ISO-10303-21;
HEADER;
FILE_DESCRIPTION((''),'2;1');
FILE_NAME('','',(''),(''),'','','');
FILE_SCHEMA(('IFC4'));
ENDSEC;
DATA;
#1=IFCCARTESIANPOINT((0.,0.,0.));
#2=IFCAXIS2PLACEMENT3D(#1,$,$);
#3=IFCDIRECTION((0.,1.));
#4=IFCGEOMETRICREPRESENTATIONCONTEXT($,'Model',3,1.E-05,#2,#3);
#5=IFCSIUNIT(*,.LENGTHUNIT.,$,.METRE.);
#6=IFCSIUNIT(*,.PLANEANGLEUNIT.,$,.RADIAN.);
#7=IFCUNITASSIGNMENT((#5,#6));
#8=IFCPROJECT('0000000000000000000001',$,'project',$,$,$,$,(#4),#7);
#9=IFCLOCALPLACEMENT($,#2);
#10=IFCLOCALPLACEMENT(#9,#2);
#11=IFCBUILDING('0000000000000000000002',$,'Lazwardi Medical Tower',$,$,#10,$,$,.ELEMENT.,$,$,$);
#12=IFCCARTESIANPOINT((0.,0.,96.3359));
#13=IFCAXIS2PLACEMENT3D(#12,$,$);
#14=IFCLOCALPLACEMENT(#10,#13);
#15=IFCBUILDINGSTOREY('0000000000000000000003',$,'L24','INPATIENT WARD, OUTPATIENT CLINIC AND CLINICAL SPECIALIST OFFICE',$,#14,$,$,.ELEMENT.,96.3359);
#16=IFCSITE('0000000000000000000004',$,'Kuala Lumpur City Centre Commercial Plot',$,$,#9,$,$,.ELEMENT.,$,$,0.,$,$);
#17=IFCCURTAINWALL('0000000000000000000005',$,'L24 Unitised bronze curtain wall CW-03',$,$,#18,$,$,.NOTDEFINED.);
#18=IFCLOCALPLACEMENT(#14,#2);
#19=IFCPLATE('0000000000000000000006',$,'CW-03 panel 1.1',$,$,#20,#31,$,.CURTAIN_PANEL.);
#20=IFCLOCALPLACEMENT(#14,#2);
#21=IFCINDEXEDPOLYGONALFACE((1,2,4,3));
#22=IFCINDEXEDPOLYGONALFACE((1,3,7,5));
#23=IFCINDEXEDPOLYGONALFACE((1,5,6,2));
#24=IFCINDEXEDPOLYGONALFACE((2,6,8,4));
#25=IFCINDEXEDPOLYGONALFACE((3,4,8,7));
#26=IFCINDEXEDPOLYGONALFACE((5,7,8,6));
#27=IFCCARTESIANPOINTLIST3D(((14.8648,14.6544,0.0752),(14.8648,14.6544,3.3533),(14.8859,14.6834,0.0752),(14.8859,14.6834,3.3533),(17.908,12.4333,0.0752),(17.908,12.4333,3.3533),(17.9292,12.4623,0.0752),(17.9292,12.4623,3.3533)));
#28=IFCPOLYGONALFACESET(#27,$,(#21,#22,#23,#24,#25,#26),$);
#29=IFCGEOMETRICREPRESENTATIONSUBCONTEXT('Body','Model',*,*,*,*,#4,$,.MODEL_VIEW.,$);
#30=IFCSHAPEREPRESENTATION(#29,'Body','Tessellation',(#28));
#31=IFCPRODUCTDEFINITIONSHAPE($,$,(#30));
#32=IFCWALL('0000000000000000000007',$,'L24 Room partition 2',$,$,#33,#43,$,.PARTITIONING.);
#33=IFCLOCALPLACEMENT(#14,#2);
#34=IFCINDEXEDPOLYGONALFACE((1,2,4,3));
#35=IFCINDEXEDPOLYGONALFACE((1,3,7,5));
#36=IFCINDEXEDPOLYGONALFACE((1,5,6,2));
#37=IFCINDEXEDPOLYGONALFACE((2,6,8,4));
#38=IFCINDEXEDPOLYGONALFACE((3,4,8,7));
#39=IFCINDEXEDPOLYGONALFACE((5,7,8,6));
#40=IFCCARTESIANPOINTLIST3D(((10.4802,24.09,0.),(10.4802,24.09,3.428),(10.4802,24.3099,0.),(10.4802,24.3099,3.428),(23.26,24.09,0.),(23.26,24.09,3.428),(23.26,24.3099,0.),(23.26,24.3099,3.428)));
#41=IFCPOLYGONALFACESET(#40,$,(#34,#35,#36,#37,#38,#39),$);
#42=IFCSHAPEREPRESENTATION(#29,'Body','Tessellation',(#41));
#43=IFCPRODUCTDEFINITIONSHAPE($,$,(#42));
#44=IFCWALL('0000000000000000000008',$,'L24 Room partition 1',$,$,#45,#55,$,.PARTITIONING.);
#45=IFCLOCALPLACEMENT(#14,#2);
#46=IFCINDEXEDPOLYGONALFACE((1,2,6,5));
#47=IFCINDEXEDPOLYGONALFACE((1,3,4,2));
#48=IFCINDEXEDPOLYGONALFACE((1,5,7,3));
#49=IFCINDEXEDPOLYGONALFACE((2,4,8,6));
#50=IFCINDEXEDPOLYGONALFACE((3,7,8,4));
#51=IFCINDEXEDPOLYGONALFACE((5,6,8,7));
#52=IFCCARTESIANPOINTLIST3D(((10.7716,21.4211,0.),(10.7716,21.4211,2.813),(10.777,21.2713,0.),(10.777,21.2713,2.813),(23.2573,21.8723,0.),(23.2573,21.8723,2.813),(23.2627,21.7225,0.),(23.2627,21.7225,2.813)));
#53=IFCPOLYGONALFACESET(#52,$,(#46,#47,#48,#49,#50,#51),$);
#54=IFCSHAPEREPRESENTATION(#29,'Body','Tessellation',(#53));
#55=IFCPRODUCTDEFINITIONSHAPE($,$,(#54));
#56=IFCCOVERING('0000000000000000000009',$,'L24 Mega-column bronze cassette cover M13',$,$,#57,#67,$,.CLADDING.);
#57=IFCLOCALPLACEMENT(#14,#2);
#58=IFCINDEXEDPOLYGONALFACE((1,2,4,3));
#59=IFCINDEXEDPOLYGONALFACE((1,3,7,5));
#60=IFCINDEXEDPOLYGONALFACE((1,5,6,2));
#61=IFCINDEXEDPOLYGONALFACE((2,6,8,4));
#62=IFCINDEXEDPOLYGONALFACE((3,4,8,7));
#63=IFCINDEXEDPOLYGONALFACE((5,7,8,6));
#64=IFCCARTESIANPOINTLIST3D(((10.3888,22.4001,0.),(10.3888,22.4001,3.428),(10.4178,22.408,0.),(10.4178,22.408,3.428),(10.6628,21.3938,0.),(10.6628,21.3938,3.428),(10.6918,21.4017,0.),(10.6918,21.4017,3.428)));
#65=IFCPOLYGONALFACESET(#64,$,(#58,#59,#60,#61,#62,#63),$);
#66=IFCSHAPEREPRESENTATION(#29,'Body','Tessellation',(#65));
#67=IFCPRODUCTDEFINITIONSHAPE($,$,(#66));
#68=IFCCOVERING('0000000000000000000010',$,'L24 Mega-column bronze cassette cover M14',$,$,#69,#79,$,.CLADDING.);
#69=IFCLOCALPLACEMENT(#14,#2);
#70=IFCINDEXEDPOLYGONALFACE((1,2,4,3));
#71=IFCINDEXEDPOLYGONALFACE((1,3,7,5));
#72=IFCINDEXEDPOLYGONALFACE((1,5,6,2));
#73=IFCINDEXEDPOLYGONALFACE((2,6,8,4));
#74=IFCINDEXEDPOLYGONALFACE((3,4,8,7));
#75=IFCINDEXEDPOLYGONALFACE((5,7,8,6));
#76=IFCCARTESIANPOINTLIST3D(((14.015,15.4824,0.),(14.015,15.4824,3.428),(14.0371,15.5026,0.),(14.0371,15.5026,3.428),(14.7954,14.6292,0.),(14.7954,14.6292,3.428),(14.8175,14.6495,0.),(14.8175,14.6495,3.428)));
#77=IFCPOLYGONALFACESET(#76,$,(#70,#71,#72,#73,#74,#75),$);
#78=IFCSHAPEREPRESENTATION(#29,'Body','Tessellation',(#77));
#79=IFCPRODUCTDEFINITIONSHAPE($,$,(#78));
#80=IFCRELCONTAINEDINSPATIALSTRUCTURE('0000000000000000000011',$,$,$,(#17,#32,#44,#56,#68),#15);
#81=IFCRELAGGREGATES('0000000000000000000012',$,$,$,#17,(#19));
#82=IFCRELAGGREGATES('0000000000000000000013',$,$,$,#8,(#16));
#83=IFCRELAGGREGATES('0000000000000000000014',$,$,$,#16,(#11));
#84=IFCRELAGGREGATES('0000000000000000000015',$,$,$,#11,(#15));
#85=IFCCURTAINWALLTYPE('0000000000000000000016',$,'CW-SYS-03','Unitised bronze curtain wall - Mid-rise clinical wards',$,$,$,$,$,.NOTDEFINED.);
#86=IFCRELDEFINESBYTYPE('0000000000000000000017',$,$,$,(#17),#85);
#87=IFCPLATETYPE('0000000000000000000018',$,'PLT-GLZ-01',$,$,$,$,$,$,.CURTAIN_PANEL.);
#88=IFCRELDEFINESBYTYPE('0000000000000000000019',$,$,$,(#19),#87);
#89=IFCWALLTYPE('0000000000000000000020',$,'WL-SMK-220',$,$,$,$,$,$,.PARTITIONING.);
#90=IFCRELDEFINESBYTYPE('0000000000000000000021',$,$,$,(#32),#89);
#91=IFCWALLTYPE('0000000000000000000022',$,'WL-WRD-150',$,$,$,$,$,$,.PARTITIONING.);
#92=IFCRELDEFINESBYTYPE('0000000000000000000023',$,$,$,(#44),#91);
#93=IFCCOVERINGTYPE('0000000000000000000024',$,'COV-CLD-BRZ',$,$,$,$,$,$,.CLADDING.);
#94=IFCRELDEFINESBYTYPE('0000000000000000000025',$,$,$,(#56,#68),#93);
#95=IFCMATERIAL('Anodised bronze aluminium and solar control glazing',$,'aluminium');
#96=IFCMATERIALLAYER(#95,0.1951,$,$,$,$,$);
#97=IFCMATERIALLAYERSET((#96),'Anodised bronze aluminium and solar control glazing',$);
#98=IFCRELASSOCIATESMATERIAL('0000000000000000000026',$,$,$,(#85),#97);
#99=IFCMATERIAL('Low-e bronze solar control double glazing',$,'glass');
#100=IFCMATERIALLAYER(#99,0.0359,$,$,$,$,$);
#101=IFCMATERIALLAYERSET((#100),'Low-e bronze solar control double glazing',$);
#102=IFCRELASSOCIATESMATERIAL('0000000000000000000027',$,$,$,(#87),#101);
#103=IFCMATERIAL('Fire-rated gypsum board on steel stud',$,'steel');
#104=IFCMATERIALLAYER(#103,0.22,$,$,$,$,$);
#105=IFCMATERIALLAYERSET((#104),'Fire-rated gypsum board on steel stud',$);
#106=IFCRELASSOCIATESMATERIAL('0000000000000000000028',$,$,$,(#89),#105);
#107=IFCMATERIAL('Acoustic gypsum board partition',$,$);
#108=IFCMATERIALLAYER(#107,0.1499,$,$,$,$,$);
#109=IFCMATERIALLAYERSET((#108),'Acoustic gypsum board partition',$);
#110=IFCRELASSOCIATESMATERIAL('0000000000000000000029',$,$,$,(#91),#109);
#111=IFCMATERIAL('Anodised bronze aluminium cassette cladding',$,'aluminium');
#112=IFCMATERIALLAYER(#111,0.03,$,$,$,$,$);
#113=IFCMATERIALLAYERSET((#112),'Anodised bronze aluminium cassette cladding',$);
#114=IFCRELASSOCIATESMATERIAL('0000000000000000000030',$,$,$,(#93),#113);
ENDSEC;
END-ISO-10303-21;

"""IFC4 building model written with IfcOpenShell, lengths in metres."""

from ifc_helpers import new_model, si_unit, direction, frame, frame_2d, origin, origin_2d, place, context, subcontext, project, spatial, rectangle, extrude, material, layer, layer_set, type_object, element, aggregate, save


model = new_model("IFC4")

# Units and contexts
model_context = context("Model", 3, precision=1e-05, world=origin(), true_north=direction((0.0, 1.0)))
body_context = subcontext(model_context, "Body", "Model", "MODEL_VIEW")
ifc_project = project(units=[si_unit("LENGTHUNIT", "METRE"), si_unit("PLANEANGLEUNIT", "RADIAN")], contexts=[model_context])

# Site, building, storey
site_placement = place(None, origin())
site = spatial("IfcSite", under=ifc_project, at=site_placement, Name="Kuala Lumpur City Centre Commercial Plot", CompositionType="ELEMENT", RefElevation=0.0)
building_placement = place(site_placement, origin())
building = spatial("IfcBuilding", under=site, at=building_placement, Name="Lazwardi Medical Tower", CompositionType="ELEMENT")
storey_placement = place(building_placement, frame((0.0, 0.0, 96.3359)))
storey = spatial("IfcBuildingStorey", under=building, at=storey_placement, Name="L24", Description="INPATIENT WARD, OUTPATIENT CLINIC AND CLINICAL SPECIALIST OFFICE", CompositionType="ELEMENT", Elevation=96.3359)

# Shared definitions
ifc_material_1 = material(Name="Anodised bronze aluminium and solar control glazing", Category="aluminium")
ifc_layer_1 = layer(ifc_material_1, 0.1951)
ifc_layer_set_1 = layer_set([ifc_layer_1], Name="Anodised bronze aluminium and solar control glazing")
curtain_wall_type = type_object("IfcCurtainWallType", Name="CW-SYS-03", Description="Unitised bronze curtain wall - Mid-rise clinical wards", PredefinedType="NOTDEFINED", material=ifc_layer_set_1)

# Curtain wall
curtain_wall_1_placement = place(storey_placement, origin())
curtain_wall_1 = element("IfcCurtainWall", 1, at=curtain_wall_1_placement, inside=storey, type_object=curtain_wall_type, Name="L24 Unitised bronze curtain wall CW-03", PredefinedType="NOTDEFINED")

# Plate
ifc_material_2 = material(Name="Low-e bronze solar control double glazing", Category="glass")
ifc_layer_2 = layer(ifc_material_2, 0.0359)
ifc_layer_set_2 = layer_set([ifc_layer_2], Name="Low-e bronze solar control double glazing")
plate_type = type_object("IfcPlateType", Name="PLT-GLZ-01", PredefinedType="CURTAIN_PANEL", material=ifc_layer_set_2)
plate_1_placement = place(storey_placement, frame((16.397, 13.5583, 0.0752), z_axis=(0.0, 0.0, 1.0), x_axis=(0.807746, -0.589531, 0.0)))
plate_1 = element("IfcPlate", 2, at=plate_1_placement, type_object=plate_type, Name="CW-03 panel 1.1", PredefinedType="CURTAIN_PANEL", context=body_context, shape_type="SweptSolid", body=[
    extrude(rectangle(XDim=3.7676, YDim=0.0359, at=origin_2d()), origin(), (0.0, 0.0, 1.0), 3.2781),
])
aggregate(curtain_wall_1, [plate_1])

# Walls
ifc_material_3 = material(Name="Fire-rated gypsum board on steel stud", Category="steel")
ifc_layer_3 = layer(ifc_material_3, 0.22)
ifc_layer_set_3 = layer_set([ifc_layer_3], Name="Fire-rated gypsum board on steel stud")
wall_type_1 = type_object("IfcWallType", Name="WL-SMK-220", PredefinedType="PARTITIONING", material=ifc_layer_set_3)
wall_1_placement = place(storey_placement, frame((10.4802, 24.2, 0.0), z_axis=(0.0, 0.0, 1.0), x_axis=(1.0, 0.0, 0.0)))
element("IfcWall", 3, at=wall_1_placement, inside=storey, type_object=wall_type_1, Name="L24 Room partition 2", PredefinedType="PARTITIONING", context=body_context, shape_type="SweptSolid", body=[
    extrude(rectangle(XDim=12.7798, YDim=0.22, at=frame_2d((6.3899, 0.0))), origin(), (0.0, 0.0, 1.0), 3.428),
])
ifc_material_4 = material(Name="Acoustic gypsum board partition")
ifc_layer_4 = layer(ifc_material_4, 0.1499)
ifc_layer_set_4 = layer_set([ifc_layer_4], Name="Acoustic gypsum board partition")
wall_type_2 = type_object("IfcWallType", Name="WL-WRD-150", PredefinedType="PARTITIONING", material=ifc_layer_set_4)
wall_2_placement = place(storey_placement, frame((10.7742, 21.3462, 0.0), z_axis=(0.0, 0.0, 1.0), x_axis=(0.999348, 0.036111, 0.0)))
element("IfcWall", 4, at=wall_2_placement, inside=storey, type_object=wall_type_2, Name="L24 Room partition 1", PredefinedType="PARTITIONING", context=body_context, shape_type="SweptSolid", body=[
    extrude(rectangle(XDim=12.4939, YDim=0.1499, at=frame_2d((6.2471, 0.0))), origin(), (0.0, 0.0, 1.0), 2.813),
])

# Coverings
ifc_material_5 = material(Name="Anodised bronze aluminium cassette cladding", Category="aluminium")
ifc_layer_5 = layer(ifc_material_5, 0.03)
ifc_layer_set_5 = layer_set([ifc_layer_5], Name="Anodised bronze aluminium cassette cladding")
covering_type = type_object("IfcCoveringType", Name="COV-CLD-BRZ", PredefinedType="CLADDING", material=ifc_layer_set_5)
covering_1_placement = place(storey_placement, frame((10.5403, 21.9009, 0.0), z_axis=(0.0, 0.0, 1.0), x_axis=(0.262696, -0.964879, 0.0)))
element("IfcCovering", 5, at=covering_1_placement, inside=storey, type_object=covering_type, Name="L24 Mega-column bronze cassette cover M13", PredefinedType="CLADDING", context=body_context, shape_type="SweptSolid", body=[
    extrude(rectangle(XDim=1.043, YDim=0.03, at=origin_2d()), origin(), (0.0, 0.0, 1.0), 3.428),
])
covering_2_placement = place(storey_placement, frame((14.4163, 15.0659, 0.0), z_axis=(0.0, 0.0, 1.0), x_axis=(0.674926, -0.737885, 0.0)))
element("IfcCovering", 6, at=covering_2_placement, inside=storey, type_object=covering_type, Name="L24 Mega-column bronze cassette cover M14", PredefinedType="CLADDING", context=body_context, shape_type="SweptSolid", body=[
    extrude(rectangle(XDim=1.1562, YDim=0.03, at=origin_2d()), origin(), (0.0, 0.0, 1.0), 3.428),
])

save(model, "model.ifc")
